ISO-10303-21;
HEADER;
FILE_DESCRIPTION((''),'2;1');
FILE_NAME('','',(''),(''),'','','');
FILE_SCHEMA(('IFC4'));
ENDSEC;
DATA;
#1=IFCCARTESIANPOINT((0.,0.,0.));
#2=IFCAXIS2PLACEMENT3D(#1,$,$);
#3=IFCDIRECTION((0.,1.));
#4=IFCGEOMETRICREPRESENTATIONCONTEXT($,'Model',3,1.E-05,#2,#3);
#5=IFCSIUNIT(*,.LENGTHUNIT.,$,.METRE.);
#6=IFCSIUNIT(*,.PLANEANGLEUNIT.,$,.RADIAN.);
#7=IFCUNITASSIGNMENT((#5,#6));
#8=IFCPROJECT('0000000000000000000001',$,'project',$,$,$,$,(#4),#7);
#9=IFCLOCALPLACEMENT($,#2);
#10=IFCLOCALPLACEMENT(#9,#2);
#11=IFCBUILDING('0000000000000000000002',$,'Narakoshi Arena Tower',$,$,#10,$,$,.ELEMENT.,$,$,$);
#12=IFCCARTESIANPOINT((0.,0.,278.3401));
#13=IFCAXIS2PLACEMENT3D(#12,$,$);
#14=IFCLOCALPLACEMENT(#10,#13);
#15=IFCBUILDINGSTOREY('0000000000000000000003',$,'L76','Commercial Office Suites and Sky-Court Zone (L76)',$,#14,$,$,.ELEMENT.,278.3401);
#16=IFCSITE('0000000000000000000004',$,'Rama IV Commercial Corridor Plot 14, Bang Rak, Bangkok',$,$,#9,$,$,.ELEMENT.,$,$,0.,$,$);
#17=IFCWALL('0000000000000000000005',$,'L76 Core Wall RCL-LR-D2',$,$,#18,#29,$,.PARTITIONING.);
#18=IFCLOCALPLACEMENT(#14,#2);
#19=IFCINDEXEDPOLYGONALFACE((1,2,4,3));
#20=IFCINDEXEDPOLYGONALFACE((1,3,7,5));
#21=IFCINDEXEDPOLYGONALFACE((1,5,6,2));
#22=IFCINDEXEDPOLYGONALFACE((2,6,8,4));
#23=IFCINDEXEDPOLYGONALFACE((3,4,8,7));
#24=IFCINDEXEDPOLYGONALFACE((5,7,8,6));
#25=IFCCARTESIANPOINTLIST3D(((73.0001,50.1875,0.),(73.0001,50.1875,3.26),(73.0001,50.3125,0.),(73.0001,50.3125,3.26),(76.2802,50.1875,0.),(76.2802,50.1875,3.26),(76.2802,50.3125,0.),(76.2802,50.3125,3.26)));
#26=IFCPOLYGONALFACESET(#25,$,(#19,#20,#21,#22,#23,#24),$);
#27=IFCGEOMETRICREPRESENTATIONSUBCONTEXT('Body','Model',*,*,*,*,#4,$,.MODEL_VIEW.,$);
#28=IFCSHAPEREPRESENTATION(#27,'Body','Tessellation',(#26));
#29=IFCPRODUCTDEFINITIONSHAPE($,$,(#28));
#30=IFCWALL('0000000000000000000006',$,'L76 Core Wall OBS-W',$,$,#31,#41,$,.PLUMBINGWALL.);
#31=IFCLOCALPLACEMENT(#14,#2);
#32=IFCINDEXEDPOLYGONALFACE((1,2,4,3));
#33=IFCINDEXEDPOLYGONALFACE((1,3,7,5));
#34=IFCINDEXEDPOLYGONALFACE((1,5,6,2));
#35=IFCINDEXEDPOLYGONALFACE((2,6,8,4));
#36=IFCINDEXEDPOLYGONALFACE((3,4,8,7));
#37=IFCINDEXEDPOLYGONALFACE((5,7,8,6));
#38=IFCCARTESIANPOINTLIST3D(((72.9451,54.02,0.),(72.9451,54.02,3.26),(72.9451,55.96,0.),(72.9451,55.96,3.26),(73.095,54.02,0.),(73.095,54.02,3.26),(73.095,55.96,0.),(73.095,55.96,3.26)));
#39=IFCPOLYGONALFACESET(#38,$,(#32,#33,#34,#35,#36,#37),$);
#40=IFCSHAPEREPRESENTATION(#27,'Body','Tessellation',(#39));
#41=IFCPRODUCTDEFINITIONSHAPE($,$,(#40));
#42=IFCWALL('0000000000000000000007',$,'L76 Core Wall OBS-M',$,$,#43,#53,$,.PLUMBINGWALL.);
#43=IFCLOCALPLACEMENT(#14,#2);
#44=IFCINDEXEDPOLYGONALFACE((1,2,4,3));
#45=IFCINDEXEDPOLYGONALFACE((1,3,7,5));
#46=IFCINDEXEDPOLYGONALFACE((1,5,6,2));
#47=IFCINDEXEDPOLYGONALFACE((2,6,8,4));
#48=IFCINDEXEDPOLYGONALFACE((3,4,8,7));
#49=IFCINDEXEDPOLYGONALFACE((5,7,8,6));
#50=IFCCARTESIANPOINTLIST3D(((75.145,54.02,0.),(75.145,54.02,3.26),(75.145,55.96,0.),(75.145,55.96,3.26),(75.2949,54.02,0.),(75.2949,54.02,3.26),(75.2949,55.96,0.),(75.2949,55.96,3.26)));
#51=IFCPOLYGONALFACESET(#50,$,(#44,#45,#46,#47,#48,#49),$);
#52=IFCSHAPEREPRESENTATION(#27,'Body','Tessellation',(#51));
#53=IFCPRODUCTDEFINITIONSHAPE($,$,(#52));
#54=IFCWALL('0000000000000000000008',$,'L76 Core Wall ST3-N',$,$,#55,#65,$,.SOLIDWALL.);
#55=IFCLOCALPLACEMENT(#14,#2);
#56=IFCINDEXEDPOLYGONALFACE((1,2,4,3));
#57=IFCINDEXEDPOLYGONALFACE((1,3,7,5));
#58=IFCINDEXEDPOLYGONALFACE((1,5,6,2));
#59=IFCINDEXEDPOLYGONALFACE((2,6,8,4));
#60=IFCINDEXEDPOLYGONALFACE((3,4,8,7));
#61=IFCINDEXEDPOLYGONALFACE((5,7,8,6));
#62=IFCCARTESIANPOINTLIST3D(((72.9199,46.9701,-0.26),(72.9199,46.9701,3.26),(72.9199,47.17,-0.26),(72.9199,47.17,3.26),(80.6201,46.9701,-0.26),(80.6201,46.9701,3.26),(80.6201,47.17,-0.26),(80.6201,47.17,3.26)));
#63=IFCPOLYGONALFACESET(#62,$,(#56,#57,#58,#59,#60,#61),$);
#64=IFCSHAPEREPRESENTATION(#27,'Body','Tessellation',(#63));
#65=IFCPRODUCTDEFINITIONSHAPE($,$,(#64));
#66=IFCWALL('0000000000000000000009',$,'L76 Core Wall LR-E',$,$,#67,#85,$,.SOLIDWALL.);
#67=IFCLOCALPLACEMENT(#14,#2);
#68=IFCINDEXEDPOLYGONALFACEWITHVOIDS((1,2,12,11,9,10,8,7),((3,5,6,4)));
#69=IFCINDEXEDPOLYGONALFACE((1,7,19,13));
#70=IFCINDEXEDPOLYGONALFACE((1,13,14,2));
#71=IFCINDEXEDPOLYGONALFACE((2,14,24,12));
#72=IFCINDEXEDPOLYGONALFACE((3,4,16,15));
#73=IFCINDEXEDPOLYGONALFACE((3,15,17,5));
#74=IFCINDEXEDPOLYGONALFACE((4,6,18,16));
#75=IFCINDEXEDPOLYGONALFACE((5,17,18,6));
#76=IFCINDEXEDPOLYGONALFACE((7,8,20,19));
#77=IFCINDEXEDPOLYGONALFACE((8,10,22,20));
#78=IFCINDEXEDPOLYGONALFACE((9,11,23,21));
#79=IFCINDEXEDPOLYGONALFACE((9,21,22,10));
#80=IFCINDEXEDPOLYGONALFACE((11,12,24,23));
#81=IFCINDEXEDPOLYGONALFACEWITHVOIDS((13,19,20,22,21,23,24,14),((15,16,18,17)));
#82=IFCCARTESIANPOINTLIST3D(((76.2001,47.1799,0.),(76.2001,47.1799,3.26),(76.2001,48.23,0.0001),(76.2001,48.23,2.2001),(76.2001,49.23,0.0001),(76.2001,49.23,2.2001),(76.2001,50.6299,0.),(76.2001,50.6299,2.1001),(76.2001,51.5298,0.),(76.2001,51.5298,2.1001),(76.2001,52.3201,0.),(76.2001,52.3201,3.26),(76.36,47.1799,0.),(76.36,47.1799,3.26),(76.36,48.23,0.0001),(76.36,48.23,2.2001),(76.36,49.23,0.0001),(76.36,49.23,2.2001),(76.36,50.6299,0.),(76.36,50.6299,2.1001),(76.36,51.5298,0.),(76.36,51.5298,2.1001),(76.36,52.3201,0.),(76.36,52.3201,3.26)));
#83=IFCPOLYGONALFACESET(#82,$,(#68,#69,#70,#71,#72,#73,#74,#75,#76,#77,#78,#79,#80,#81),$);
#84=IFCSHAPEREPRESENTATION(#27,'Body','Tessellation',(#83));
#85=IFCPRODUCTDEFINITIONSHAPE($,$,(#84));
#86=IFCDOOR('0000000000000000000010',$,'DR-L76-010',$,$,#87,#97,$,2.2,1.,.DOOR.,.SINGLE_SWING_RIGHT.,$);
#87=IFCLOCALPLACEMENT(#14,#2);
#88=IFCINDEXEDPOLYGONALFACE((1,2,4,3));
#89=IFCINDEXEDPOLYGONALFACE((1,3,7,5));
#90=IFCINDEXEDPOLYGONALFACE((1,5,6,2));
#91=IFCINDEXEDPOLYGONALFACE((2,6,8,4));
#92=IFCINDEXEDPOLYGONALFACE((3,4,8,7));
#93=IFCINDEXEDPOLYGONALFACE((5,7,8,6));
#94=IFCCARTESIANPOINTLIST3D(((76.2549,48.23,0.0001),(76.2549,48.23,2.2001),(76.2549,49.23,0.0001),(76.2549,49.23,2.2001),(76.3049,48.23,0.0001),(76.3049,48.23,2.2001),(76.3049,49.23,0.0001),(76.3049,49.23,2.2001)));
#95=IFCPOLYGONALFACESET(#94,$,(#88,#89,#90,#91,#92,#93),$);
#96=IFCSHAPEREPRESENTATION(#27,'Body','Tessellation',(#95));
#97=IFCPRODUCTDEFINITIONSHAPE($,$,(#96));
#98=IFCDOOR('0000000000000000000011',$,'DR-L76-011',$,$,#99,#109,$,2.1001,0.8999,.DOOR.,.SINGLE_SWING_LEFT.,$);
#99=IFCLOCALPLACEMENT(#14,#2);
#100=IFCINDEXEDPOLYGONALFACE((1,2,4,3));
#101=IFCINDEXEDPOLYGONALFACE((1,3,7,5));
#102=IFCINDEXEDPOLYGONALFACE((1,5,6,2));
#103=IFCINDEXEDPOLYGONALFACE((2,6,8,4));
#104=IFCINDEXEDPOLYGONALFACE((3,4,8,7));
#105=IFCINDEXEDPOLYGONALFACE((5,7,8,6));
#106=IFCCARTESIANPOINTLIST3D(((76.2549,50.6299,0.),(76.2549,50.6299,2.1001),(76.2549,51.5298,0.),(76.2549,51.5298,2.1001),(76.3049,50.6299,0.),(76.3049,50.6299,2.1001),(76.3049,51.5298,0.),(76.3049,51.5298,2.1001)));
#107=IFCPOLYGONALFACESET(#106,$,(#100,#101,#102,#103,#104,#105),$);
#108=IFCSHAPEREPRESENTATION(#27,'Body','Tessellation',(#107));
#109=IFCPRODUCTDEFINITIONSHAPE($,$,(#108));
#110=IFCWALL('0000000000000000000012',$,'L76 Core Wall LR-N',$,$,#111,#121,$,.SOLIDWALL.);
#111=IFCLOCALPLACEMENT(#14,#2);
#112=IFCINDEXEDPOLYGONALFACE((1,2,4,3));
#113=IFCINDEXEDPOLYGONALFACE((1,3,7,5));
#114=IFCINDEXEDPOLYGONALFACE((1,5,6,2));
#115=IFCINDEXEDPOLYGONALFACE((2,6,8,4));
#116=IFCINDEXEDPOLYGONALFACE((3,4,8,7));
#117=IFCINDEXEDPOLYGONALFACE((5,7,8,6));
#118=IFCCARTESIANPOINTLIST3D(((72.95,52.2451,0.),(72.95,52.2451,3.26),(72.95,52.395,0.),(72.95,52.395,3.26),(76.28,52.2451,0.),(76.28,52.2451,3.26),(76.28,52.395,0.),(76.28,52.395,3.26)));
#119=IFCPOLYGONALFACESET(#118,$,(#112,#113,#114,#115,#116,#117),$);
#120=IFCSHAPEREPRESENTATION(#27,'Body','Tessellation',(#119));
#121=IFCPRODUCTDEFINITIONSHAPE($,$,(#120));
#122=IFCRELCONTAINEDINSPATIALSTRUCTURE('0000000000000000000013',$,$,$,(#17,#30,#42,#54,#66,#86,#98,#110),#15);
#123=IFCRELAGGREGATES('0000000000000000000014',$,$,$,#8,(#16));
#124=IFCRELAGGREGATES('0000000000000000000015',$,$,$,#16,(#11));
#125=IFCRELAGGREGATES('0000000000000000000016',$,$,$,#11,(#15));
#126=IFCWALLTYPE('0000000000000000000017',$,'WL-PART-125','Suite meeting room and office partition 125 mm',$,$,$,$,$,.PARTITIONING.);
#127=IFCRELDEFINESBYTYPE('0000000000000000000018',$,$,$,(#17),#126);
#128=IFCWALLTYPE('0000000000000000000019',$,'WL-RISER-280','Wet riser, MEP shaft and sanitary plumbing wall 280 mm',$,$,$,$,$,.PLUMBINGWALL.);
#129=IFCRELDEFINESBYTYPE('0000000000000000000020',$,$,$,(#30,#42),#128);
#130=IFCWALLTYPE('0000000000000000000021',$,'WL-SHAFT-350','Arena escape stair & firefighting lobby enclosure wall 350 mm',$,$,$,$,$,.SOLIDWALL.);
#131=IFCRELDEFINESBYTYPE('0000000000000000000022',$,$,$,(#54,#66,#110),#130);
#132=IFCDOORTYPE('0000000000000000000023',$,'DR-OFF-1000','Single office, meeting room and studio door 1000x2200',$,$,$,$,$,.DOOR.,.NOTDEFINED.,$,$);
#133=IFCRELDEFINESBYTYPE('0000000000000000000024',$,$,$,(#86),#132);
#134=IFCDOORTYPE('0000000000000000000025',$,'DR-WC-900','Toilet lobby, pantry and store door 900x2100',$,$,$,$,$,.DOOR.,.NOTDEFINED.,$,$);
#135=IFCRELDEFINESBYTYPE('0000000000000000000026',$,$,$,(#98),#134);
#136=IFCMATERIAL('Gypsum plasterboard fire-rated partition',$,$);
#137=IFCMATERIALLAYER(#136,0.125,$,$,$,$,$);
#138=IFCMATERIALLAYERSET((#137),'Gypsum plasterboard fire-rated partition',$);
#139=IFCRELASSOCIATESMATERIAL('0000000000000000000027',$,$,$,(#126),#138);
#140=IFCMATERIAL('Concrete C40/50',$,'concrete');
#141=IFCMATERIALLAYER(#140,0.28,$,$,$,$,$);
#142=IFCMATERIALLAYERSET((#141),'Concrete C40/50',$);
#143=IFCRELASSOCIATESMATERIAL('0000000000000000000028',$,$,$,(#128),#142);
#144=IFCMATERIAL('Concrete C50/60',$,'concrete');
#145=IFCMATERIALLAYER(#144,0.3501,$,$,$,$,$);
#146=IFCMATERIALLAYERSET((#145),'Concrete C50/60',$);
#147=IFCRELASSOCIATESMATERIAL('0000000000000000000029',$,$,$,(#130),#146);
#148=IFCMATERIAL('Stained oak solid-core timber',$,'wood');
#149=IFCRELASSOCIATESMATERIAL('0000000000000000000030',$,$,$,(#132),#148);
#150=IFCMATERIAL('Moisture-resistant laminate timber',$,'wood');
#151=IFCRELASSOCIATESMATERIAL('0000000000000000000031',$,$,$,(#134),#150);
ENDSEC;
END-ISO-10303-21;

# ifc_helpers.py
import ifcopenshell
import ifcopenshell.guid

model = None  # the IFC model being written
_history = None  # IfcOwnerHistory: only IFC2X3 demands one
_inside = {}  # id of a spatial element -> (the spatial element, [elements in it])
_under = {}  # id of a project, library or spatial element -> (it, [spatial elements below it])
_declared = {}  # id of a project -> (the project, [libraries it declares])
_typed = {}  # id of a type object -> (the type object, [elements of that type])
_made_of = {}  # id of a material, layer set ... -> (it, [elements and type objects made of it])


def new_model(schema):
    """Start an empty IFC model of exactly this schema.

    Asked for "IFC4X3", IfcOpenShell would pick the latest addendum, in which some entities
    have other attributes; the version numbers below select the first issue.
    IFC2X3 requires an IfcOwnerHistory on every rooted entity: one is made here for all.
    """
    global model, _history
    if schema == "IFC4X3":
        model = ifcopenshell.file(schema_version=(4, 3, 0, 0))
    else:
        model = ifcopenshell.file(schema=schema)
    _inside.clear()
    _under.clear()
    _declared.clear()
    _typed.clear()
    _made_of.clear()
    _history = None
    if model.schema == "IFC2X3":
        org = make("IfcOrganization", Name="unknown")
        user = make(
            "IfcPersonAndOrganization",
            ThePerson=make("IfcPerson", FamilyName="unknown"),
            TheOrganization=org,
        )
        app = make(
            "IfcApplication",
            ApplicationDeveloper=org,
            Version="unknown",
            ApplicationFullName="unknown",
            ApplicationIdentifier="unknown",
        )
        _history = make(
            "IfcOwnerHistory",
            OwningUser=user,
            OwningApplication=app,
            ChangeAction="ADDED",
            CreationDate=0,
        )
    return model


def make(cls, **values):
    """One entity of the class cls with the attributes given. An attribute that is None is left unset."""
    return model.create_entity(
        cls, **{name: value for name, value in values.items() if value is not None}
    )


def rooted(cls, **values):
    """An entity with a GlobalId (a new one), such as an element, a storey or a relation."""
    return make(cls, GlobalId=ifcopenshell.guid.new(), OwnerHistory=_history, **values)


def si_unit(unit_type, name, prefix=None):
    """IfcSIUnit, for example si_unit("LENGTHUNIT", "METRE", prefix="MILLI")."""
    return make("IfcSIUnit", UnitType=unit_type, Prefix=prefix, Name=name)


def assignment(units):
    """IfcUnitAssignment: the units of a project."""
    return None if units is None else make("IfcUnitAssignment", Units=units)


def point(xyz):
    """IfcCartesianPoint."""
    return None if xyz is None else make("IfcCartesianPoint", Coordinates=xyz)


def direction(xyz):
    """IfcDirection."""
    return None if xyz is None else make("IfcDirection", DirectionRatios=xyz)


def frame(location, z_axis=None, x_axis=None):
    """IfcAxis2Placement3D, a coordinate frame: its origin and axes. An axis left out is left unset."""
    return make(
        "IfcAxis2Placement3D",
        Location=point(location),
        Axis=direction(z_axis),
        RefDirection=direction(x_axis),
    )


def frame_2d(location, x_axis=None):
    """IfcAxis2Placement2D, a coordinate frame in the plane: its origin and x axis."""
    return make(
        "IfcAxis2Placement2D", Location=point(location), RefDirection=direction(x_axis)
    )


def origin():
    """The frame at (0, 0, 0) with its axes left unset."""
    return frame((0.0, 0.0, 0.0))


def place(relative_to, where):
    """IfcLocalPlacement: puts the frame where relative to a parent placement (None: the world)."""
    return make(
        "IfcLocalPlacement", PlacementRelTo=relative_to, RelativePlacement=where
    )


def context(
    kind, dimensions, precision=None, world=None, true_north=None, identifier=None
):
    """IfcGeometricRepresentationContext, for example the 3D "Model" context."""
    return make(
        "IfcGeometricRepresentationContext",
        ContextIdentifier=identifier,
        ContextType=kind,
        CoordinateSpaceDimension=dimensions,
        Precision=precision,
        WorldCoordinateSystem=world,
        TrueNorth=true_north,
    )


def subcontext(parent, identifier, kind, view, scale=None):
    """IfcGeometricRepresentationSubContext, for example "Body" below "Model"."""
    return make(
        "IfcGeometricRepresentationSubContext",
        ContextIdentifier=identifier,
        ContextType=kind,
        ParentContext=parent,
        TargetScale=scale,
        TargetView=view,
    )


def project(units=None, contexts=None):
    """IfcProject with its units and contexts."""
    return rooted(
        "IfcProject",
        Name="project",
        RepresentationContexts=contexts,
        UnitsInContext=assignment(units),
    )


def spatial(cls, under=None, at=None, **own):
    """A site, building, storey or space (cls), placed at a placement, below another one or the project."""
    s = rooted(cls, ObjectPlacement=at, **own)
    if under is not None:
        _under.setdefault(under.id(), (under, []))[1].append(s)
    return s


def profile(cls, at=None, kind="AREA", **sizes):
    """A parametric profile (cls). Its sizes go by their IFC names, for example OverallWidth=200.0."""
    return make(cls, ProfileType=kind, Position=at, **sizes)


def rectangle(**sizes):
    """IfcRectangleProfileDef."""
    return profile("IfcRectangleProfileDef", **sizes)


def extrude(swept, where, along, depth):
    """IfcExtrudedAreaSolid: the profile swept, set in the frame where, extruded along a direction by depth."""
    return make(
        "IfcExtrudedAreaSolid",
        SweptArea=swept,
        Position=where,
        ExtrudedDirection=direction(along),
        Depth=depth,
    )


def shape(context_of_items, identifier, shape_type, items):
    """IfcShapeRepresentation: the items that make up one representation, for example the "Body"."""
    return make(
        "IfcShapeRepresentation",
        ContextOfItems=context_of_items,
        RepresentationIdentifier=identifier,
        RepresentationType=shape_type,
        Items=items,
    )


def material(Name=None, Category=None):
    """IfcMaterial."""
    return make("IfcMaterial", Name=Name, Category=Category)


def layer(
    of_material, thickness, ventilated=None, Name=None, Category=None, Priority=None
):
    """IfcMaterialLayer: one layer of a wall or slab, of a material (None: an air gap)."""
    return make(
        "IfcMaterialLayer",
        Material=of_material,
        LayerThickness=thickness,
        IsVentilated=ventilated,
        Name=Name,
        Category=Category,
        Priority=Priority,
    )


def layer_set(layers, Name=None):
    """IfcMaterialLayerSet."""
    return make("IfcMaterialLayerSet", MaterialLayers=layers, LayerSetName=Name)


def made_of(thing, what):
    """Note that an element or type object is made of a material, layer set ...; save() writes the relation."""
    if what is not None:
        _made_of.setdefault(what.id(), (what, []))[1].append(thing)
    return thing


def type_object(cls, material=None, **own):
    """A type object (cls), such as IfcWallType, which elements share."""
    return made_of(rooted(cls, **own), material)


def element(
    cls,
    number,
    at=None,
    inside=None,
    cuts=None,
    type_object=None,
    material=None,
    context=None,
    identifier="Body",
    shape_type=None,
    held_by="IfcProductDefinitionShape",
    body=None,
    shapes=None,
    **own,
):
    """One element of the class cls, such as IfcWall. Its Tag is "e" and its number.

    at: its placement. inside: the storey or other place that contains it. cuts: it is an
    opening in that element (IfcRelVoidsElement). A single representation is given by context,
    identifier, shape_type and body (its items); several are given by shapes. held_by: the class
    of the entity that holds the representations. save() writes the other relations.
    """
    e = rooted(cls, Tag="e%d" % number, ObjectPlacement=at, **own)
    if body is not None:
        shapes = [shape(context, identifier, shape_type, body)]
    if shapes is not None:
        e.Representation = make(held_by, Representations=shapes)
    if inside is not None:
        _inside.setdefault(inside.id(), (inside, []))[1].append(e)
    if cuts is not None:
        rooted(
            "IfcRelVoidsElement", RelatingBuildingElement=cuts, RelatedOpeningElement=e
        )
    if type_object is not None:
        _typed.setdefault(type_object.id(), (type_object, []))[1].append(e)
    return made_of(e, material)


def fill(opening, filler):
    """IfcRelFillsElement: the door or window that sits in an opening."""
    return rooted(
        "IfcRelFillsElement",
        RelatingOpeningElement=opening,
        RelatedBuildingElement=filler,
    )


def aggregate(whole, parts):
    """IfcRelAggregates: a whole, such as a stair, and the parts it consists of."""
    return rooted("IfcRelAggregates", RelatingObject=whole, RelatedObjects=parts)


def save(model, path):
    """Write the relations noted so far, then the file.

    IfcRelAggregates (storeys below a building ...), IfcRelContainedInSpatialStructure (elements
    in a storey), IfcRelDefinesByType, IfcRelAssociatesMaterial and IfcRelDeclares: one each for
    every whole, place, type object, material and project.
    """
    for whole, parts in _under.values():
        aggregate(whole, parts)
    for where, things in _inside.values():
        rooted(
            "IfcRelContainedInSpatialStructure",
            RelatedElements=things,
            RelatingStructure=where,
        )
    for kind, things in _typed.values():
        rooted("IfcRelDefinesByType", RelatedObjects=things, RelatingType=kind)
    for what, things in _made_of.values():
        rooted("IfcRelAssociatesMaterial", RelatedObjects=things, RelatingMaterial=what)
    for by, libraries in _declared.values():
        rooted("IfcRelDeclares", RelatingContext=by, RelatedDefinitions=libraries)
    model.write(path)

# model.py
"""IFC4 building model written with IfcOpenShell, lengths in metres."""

from ifc_helpers import new_model, si_unit, direction, frame, frame_2d, origin, place, context, subcontext, project, spatial, rectangle, extrude, material, layer, layer_set, type_object, element, fill, save


model = new_model("IFC4")

# Units and contexts
model_context = context("Model", 3, precision=1e-05, world=origin(), true_north=direction((0.0, 1.0)))
body_context = subcontext(model_context, "Body", "Model", "MODEL_VIEW")
ifc_project = project(units=[si_unit("LENGTHUNIT", "METRE"), si_unit("PLANEANGLEUNIT", "RADIAN")], contexts=[model_context])

# Site, building, storey
site_placement = place(None, origin())
site = spatial("IfcSite", under=ifc_project, at=site_placement, Name="Rama IV Commercial Corridor Plot 14, Bang Rak, Bangkok", CompositionType="ELEMENT", RefElevation=0.0)
building_placement = place(site_placement, origin())
building = spatial("IfcBuilding", under=site, at=building_placement, Name="Narakoshi Arena Tower", CompositionType="ELEMENT")
storey_placement = place(building_placement, frame((0.0, 0.0, 278.3401)))
storey = spatial("IfcBuildingStorey", under=building, at=storey_placement, Name="L76", Description="Commercial Office Suites and Sky-Court Zone (L76)", CompositionType="ELEMENT", Elevation=278.3401)

# Walls
ifc_material_1 = material(Name="Gypsum plasterboard fire-rated partition")
ifc_layer_1 = layer(ifc_material_1, 0.125)
ifc_layer_set_1 = layer_set([ifc_layer_1], Name="Gypsum plasterboard fire-rated partition")
wall_type_1 = type_object("IfcWallType", Name="WL-PART-125", Description="Suite meeting room and office partition 125 mm", PredefinedType="PARTITIONING", material=ifc_layer_set_1)
wall_1_placement = place(storey_placement, frame((73.0, 50.25, 0.0), z_axis=(0.0, 0.0, 1.0), x_axis=(1.0, 0.0, 0.0)))
element("IfcWall", 1, at=wall_1_placement, inside=storey, type_object=wall_type_1, Name="L76 Core Wall RCL-LR-D2", PredefinedType="PARTITIONING", context=body_context, shape_type="SweptSolid", body=[
    extrude(rectangle(XDim=3.28, YDim=0.125, at=frame_2d((1.6401, 0.0))), origin(), (0.0, 0.0, 1.0), 3.26),
])
ifc_material_2 = material(Name="Concrete C40/50", Category="concrete")
ifc_layer_2 = layer(ifc_material_2, 0.28)
ifc_layer_set_2 = layer_set([ifc_layer_2], Name="Concrete C40/50")
wall_type_2 = type_object("IfcWallType", Name="WL-RISER-280", Description="Wet riser, MEP shaft and sanitary plumbing wall 280 mm", PredefinedType="PLUMBINGWALL", material=ifc_layer_set_2)
for number, where, z_axis, x_axis, name in (
    (2, (73.02, 54.02, 0.0), (0.0, 0.0, 1.0), (0.0, 1.0, 0.0), "L76 Core Wall OBS-W"),
    (3, (75.22, 54.02, 0.0), (0.0, 0.0, 1.0), (0.0, 1.0, 0.0), "L76 Core Wall OBS-M"),
):
    element("IfcWall", number, at=place(storey_placement, frame(where, z_axis=z_axis, x_axis=x_axis)), inside=storey, type_object=wall_type_2, Name=name, PredefinedType="PLUMBINGWALL", context=body_context, shape_type="SweptSolid", body=[
        extrude(rectangle(XDim=1.9399, YDim=0.1499, at=frame_2d((0.97, 0.0))), origin(), (0.0, 0.0, 1.0), 3.26),
    ])
ifc_material_3 = material(Name="Concrete C50/60", Category="concrete")
ifc_layer_3 = layer(ifc_material_3, 0.3501)
ifc_layer_set_3 = layer_set([ifc_layer_3], Name="Concrete C50/60")
wall_type_3 = type_object("IfcWallType", Name="WL-SHAFT-350", Description="Arena escape stair & firefighting lobby enclosure wall 350 mm", PredefinedType="SOLIDWALL", material=ifc_layer_set_3)
wall_2_placement = place(storey_placement, frame((72.9199, 47.0701, -0.26), z_axis=(0.0, 0.0, 1.0), x_axis=(1.0, 0.0, 0.0)))
element("IfcWall", 4, at=wall_2_placement, inside=storey, type_object=wall_type_3, Name="L76 Core Wall ST3-N", PredefinedType="SOLIDWALL", context=body_context, shape_type="SweptSolid", body=[
    extrude(rectangle(XDim=7.7002, YDim=0.2, at=frame_2d((3.8501, 0.0))), origin(), (0.0, 0.0, 1.0), 3.52),
])

# Wall, openings, doors
wall_3_placement = place(storey_placement, frame((76.28, 47.1799, 0.0), z_axis=(0.0, 0.0, 1.0), x_axis=(0.0, 1.0, 0.0)))
wall_3 = element("IfcWall", 5, at=wall_3_placement, inside=storey, type_object=wall_type_3, Name="L76 Core Wall LR-E", PredefinedType="SOLIDWALL", context=body_context, shape_type="SweptSolid", body=[
    extrude(rectangle(XDim=5.1401, YDim=0.1599, at=frame_2d((2.5701, 0.0))), origin(), (0.0, 0.0, 1.0), 3.26),
])
opening_1_placement = place(wall_3_placement, frame((1.05, 0.0, 0.0)))
opening_1 = element("IfcOpeningElement", 6, at=opening_1_placement, cuts=wall_3, PredefinedType="OPENING", context=body_context, shape_type="SweptSolid", body=[
    extrude(rectangle(XDim=1.0, YDim=2.2, at=frame_2d((0.5, 1.1001))), frame((0.0, 0.0898, 0.0), z_axis=(0.0, -1.0, 0.0), x_axis=(1.0, 0.0, 0.0)), (0.0, 0.0, 1.0), 0.1799),
])
opening_2_placement = place(wall_3_placement, frame((3.45, 0.0, 0.0)))
opening_2 = element("IfcOpeningElement", 7, at=opening_2_placement, cuts=wall_3, PredefinedType="OPENING", context=body_context, shape_type="SweptSolid", body=[
    extrude(rectangle(XDim=0.8999, YDim=2.1001, at=frame_2d((0.45, 1.05))), frame((0.0, 0.0898, 0.0), z_axis=(0.0, -1.0, 0.0), x_axis=(1.0, 0.0, 0.0)), (0.0, 0.0, 1.0), 0.1799),
])
ifc_material_4 = material(Name="Stained oak solid-core timber", Category="wood")
door_type_1 = type_object("IfcDoorType", Name="DR-OFF-1000", Description="Single office, meeting room and studio door 1000x2200", OperationType="NOTDEFINED", PredefinedType="DOOR", material=ifc_material_4)
door_1_placement = place(opening_1_placement, frame((1.0, 0.0, 0.0), z_axis=(0.0, 0.0, 1.0), x_axis=(-1.0, 0.0, 0.0)))
door_1 = element("IfcDoor", 8, at=door_1_placement, inside=storey, type_object=door_type_1, Name="DR-L76-010", OperationType="SINGLE_SWING_RIGHT", OverallHeight=2.2, OverallWidth=1.0, PredefinedType="DOOR", context=body_context, shape_type="SweptSolid", body=[
    extrude(rectangle(XDim=1.0, YDim=2.2, at=frame_2d((0.5, 1.1001))), frame((0.0, 0.0249, 0.0), z_axis=(0.0, -1.0, 0.0), x_axis=(1.0, 0.0, 0.0)), (0.0, 0.0, 1.0), 0.05),
])
fill(opening_1, door_1)
ifc_material_5 = material(Name="Moisture-resistant laminate timber", Category="wood")
door_type_2 = type_object("IfcDoorType", Name="DR-WC-900", Description="Toilet lobby, pantry and store door 900x2100", OperationType="NOTDEFINED", PredefinedType="DOOR", material=ifc_material_5)
door_2_placement = place(opening_2_placement, frame((0.8999, 0.0, 0.0), z_axis=(0.0, 0.0, 1.0), x_axis=(-1.0, 0.0, 0.0)))
door_2 = element("IfcDoor", 9, at=door_2_placement, inside=storey, type_object=door_type_2, Name="DR-L76-011", OperationType="SINGLE_SWING_LEFT", OverallHeight=2.1001, OverallWidth=0.8999, PredefinedType="DOOR", context=body_context, shape_type="SweptSolid", body=[
    extrude(rectangle(XDim=0.8999, YDim=2.1001, at=frame_2d((0.45, 1.05))), frame((0.0, 0.0249, 0.0), z_axis=(0.0, -1.0, 0.0), x_axis=(1.0, 0.0, 0.0)), (0.0, 0.0, 1.0), 0.05),
])
fill(opening_2, door_2)

# Wall
wall_4_placement = place(storey_placement, frame((72.95, 52.3201, 0.0), z_axis=(0.0, 0.0, 1.0), x_axis=(1.0, 0.0, 0.0)))
element("IfcWall", 10, at=wall_4_placement, inside=storey, type_object=wall_type_3, Name="L76 Core Wall LR-N", PredefinedType="SOLIDWALL", context=body_context, shape_type="SweptSolid", body=[
    extrude(rectangle(XDim=3.3301, YDim=0.1499, at=frame_2d((1.665, 0.0))), origin(), (0.0, 0.0, 1.0), 3.26),
])

save(model, "model.ifc")
